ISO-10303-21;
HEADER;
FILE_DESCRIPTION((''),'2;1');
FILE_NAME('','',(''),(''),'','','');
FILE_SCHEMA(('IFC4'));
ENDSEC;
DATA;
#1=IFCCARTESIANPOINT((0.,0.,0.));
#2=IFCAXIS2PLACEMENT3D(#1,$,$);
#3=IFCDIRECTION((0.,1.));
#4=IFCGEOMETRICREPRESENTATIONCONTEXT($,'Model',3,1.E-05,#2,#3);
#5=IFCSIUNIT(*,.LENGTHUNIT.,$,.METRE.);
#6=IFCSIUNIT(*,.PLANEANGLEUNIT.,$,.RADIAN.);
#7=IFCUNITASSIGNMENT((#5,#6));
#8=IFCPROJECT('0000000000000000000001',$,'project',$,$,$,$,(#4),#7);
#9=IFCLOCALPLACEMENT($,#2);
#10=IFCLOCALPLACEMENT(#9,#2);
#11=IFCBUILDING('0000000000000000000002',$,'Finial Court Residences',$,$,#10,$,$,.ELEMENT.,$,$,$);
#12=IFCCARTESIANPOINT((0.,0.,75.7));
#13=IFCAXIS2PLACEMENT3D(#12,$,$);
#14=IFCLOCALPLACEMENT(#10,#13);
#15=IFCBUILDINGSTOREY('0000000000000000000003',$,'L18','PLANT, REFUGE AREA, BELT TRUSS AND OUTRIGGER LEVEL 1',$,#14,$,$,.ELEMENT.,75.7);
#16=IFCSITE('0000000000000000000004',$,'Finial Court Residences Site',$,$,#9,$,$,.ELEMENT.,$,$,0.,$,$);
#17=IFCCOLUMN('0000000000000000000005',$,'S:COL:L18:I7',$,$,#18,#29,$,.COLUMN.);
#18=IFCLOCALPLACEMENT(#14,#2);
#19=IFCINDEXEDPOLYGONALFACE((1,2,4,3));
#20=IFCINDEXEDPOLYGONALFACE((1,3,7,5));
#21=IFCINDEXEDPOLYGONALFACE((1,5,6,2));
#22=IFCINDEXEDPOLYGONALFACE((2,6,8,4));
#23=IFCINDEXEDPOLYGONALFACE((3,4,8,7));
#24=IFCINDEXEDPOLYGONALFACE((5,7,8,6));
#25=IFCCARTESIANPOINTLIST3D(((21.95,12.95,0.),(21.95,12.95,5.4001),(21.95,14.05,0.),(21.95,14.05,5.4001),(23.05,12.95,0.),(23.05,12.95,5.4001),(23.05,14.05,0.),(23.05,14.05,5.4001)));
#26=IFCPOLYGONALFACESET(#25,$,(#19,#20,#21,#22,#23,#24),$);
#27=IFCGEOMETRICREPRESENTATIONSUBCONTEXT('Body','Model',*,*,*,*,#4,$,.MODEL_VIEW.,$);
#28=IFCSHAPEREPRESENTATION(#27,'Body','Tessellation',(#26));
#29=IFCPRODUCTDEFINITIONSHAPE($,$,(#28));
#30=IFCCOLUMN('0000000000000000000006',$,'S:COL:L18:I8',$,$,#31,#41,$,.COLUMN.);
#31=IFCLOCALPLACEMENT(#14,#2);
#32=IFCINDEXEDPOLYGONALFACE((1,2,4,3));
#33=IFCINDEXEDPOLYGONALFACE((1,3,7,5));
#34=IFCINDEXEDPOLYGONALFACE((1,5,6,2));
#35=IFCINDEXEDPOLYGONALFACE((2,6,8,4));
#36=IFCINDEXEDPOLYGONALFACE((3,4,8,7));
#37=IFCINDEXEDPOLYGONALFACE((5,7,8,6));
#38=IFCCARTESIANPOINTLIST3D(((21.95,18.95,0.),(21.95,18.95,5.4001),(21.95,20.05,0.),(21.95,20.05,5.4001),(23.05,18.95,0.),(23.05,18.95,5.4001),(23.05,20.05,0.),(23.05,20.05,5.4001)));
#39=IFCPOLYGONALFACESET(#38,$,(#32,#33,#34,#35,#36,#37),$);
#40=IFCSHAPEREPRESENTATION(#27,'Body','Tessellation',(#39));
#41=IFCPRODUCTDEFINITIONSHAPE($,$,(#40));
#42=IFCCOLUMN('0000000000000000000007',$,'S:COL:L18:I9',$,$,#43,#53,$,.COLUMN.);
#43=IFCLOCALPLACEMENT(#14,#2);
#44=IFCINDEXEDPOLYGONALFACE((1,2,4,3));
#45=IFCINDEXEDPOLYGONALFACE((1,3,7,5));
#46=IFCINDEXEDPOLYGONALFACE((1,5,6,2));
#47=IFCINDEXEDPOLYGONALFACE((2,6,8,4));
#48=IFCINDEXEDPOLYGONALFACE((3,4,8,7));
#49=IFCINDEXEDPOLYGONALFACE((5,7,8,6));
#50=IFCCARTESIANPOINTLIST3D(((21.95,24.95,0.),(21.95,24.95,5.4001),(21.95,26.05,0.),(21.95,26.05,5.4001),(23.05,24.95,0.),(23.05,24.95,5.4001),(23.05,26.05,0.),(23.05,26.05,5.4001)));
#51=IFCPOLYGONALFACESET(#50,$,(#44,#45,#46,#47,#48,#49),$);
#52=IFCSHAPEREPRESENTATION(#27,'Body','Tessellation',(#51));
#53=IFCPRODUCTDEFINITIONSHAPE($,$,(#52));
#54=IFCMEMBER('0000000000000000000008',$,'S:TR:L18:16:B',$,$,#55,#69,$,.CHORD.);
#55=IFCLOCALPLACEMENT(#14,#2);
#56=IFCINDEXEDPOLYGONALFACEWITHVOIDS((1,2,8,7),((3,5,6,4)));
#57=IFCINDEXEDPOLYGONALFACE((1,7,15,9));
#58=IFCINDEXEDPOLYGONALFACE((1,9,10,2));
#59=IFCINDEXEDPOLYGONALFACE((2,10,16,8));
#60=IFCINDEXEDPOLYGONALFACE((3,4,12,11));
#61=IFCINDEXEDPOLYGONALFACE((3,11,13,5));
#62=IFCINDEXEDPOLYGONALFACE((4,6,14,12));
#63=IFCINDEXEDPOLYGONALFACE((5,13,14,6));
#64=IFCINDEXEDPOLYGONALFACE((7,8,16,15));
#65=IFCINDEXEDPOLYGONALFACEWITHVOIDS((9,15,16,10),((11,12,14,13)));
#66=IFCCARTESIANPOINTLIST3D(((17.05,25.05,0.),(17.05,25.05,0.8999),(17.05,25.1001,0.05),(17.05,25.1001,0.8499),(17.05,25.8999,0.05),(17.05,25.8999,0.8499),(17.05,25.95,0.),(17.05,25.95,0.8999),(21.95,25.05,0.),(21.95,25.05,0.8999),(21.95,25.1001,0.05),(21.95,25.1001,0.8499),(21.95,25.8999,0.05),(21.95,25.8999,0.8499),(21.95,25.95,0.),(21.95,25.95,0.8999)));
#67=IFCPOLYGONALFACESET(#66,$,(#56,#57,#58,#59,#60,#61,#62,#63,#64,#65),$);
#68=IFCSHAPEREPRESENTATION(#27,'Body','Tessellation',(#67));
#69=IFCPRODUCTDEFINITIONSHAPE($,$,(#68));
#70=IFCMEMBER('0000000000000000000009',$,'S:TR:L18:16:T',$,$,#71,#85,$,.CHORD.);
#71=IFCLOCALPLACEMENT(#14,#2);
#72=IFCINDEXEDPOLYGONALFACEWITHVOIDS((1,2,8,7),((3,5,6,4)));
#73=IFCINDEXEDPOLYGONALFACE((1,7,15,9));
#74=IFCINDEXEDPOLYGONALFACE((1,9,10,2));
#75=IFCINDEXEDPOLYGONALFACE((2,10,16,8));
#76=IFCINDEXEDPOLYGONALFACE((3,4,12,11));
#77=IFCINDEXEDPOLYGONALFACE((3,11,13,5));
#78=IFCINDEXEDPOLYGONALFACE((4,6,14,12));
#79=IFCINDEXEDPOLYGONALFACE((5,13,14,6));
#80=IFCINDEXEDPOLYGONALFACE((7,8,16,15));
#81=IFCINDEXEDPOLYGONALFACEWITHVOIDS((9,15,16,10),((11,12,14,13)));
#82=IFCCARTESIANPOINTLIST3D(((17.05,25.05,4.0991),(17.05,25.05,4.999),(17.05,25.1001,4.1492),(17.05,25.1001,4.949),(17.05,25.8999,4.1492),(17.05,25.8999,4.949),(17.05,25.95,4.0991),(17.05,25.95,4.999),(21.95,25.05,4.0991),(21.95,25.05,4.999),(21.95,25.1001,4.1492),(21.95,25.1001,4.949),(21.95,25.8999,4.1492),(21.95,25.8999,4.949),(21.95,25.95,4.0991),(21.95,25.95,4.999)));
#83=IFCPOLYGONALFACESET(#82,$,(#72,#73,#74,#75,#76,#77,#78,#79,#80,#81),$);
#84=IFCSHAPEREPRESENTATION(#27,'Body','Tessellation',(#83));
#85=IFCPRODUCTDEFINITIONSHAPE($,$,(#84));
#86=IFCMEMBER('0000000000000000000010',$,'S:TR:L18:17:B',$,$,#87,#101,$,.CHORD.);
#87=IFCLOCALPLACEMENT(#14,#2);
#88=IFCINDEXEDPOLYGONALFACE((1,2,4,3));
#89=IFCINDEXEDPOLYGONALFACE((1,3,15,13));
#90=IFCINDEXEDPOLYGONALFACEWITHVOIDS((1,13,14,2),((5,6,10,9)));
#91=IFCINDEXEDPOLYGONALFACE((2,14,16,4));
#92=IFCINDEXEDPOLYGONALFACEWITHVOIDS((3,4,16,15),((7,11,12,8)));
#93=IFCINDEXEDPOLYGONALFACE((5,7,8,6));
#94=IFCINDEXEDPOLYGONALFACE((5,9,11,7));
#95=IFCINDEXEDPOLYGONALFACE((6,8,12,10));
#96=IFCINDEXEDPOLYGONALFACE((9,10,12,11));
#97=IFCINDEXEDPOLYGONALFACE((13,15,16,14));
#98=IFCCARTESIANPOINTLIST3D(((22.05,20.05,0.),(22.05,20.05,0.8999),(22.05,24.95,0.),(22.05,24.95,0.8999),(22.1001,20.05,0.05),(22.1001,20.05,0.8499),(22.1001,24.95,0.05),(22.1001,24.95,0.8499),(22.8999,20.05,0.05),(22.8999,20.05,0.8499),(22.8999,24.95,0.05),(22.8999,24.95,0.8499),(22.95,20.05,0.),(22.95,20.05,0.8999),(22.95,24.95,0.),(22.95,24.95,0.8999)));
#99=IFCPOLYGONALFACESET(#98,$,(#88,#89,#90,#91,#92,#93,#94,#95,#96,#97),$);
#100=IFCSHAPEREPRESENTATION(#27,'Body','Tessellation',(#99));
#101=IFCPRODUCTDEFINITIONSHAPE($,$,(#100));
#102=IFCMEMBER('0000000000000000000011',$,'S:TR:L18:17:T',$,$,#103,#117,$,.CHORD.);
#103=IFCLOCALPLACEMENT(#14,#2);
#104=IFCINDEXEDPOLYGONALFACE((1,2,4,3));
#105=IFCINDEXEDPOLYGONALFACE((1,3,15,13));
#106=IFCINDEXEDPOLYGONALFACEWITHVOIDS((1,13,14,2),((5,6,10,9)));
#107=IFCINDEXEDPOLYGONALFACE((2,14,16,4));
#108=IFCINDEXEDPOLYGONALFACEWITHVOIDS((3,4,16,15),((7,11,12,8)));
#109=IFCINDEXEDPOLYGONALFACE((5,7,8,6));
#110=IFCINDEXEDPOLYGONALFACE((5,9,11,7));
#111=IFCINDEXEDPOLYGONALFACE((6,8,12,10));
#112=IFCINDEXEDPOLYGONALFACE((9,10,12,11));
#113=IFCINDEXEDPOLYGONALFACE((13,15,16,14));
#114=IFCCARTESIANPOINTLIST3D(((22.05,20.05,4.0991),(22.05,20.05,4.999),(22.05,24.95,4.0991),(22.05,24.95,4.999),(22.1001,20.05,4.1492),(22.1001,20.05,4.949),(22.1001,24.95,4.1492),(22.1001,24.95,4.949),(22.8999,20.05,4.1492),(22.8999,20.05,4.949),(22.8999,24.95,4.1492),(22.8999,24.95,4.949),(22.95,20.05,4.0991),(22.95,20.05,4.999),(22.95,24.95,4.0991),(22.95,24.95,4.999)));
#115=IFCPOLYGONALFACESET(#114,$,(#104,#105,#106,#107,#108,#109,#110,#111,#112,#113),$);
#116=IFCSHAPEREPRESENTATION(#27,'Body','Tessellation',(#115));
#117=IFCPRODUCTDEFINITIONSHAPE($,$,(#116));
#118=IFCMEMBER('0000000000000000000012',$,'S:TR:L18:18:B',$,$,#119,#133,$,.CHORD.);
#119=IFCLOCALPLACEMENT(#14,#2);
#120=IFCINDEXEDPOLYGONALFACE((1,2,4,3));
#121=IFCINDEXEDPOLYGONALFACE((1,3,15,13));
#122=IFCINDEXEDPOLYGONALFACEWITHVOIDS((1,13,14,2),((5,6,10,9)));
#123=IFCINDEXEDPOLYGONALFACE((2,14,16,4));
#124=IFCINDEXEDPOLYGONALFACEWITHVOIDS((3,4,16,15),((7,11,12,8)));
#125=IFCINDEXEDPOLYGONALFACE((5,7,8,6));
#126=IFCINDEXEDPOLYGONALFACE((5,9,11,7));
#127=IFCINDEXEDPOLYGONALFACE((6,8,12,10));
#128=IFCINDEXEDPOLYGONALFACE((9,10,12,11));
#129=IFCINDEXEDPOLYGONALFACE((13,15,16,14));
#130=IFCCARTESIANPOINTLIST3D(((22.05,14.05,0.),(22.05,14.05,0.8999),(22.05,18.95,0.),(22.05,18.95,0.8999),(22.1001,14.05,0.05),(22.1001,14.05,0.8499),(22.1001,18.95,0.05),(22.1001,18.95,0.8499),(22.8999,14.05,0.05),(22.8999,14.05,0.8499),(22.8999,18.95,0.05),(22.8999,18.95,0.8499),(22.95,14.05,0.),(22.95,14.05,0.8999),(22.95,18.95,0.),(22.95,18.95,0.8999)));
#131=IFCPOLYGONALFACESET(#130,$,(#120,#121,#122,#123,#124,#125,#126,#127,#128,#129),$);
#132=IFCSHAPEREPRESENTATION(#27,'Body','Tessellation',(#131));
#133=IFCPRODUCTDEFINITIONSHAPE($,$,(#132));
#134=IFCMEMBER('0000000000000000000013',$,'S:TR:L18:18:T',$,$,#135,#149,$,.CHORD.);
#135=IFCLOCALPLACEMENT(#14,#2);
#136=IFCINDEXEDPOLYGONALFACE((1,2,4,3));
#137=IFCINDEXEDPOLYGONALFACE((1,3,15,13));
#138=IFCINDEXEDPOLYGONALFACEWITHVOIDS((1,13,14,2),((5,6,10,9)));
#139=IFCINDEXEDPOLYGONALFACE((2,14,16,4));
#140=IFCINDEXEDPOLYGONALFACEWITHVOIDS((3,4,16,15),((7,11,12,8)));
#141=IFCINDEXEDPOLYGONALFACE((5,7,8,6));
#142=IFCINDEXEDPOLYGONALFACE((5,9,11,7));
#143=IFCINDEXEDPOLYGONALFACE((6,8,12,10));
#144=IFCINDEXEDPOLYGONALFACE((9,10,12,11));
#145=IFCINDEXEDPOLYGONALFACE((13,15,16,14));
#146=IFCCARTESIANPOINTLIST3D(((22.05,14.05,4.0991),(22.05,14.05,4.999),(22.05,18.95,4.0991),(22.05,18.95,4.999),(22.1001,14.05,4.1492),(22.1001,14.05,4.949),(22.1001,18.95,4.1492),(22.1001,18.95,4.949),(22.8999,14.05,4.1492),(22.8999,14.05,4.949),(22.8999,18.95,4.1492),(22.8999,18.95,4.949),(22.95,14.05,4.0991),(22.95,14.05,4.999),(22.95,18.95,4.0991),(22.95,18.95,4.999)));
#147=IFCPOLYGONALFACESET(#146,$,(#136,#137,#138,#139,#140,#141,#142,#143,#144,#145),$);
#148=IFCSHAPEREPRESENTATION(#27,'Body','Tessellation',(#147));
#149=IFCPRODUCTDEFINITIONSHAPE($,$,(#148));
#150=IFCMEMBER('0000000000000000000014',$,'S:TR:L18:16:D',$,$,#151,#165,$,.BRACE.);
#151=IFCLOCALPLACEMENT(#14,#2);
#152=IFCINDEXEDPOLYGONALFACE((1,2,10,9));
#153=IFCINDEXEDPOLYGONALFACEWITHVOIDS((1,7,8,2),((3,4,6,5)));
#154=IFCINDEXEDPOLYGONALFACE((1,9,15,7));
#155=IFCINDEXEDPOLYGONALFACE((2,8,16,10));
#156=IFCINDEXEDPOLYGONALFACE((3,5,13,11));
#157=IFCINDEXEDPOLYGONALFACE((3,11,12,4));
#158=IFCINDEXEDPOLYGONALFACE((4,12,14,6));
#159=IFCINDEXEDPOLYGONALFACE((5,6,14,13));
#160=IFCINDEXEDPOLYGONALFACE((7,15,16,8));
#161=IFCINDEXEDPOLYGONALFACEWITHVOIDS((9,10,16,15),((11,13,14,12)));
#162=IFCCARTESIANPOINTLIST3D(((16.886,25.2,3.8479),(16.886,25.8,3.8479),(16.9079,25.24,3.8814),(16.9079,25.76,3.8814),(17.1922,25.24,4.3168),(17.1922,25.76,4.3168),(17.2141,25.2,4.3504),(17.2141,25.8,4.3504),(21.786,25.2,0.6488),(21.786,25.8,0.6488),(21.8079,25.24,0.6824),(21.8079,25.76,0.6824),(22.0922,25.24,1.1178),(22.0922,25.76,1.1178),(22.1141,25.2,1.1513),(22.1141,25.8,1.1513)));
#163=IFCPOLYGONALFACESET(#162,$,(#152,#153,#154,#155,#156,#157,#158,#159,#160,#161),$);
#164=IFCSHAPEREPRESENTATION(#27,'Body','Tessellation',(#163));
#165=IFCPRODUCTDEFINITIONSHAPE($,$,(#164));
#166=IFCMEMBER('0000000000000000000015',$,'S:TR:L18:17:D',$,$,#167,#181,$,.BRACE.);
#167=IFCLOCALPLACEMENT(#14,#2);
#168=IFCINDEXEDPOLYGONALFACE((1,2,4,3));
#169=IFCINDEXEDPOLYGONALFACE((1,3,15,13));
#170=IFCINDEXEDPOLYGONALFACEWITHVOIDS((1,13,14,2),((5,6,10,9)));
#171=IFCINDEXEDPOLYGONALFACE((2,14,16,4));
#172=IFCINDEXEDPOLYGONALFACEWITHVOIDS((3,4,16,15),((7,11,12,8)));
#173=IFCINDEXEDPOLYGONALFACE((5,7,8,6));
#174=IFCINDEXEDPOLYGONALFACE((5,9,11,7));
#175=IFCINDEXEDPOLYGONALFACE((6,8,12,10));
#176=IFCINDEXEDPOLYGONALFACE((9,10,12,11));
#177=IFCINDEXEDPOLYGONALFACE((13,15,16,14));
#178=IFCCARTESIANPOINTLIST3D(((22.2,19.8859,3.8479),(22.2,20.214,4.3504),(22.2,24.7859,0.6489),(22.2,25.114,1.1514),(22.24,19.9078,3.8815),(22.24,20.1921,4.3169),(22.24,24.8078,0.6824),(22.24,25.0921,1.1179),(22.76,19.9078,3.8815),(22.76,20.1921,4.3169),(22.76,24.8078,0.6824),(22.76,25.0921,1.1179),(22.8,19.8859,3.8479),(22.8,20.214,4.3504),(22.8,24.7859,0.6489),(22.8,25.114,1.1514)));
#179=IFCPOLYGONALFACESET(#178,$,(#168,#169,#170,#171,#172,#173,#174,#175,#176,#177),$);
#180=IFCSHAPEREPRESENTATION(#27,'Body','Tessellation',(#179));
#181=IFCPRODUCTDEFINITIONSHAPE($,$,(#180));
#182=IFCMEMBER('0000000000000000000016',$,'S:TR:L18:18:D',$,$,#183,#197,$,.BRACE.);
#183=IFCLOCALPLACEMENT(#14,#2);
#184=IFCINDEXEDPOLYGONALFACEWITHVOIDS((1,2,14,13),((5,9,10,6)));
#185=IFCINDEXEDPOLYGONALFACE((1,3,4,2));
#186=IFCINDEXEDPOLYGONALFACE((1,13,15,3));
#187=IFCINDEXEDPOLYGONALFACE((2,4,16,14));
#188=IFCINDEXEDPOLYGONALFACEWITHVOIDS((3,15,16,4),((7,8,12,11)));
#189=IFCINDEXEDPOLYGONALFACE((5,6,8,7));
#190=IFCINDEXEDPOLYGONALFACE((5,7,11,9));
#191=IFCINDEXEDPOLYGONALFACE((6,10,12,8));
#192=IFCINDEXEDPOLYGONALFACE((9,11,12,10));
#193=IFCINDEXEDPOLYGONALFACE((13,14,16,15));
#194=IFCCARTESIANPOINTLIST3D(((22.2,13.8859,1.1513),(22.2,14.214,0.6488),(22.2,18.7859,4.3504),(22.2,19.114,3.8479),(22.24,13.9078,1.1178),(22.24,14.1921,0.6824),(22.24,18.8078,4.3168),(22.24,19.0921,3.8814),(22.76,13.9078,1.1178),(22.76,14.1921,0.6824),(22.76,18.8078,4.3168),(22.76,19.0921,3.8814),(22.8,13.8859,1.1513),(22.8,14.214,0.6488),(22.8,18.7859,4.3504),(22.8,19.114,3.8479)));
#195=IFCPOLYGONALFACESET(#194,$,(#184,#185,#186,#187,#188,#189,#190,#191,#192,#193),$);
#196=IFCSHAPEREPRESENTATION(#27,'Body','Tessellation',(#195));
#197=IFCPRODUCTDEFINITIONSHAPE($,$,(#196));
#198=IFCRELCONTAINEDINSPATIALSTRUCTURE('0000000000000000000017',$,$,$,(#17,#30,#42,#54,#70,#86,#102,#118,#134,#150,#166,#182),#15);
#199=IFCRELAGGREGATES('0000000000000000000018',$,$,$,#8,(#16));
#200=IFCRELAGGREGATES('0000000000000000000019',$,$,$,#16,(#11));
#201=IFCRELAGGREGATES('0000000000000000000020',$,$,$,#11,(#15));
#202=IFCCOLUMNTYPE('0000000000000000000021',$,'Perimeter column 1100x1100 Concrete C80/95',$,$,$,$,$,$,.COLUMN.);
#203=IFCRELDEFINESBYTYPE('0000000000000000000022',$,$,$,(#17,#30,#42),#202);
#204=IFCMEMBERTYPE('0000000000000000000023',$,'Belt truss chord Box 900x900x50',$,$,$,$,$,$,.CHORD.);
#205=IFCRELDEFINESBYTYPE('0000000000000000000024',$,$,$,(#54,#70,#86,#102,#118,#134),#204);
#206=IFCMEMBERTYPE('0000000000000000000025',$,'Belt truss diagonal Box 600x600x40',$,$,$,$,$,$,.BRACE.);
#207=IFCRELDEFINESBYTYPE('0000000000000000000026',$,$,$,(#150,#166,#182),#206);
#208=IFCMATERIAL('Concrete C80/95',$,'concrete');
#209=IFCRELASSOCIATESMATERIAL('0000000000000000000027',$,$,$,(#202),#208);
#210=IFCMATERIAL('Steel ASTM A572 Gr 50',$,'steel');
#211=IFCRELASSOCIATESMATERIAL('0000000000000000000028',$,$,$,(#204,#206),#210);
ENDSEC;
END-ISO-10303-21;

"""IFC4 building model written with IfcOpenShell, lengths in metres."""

from ifc_helpers import new_model, si_unit, direction, frame, origin, origin_2d, place, context, subcontext, project, spatial, rectangle, hollow_rectangle, extrude, material, material_profile, profile_set, type_object, element, save


model = new_model("IFC4")

# Units and contexts
model_context = context("Model", 3, precision=1e-05, world=origin(), true_north=direction((0.0, 1.0)))
body_context = subcontext(model_context, "Body", "Model", "MODEL_VIEW")
ifc_project = project(units=[si_unit("LENGTHUNIT", "METRE"), si_unit("PLANEANGLEUNIT", "RADIAN")], contexts=[model_context])

# Site, building, storey
site_placement = place(None, origin())
site = spatial("IfcSite", under=ifc_project, at=site_placement, Name="Finial Court Residences Site", CompositionType="ELEMENT", RefElevation=0.0)
building_placement = place(site_placement, origin())
building = spatial("IfcBuilding", under=site, at=building_placement, Name="Finial Court Residences", CompositionType="ELEMENT")
storey_placement = place(building_placement, frame((0.0, 0.0, 75.7)))
storey = spatial("IfcBuildingStorey", under=building, at=storey_placement, Name="L18", Description="PLANT, REFUGE AREA, BELT TRUSS AND OUTRIGGER LEVEL 1", CompositionType="ELEMENT", Elevation=75.7)

# Columns
ifc_material_1 = material(Name="Concrete C80/95", Category="concrete")
ifc_material_profile_1 = material_profile(ifc_material_1, rectangle(XDim=1.1001, YDim=1.1001, at=origin_2d()), Name="1100x1100")
ifc_profile_set_1 = profile_set([ifc_material_profile_1], Name="Concrete C80/95")
column_type = type_object("IfcColumnType", Name="Perimeter column 1100x1100 Concrete C80/95", PredefinedType="COLUMN", material=ifc_profile_set_1)
for number, where, z_axis, x_axis, name in (
    (1, (22.5, 13.5, 0.0), (0.0, 0.0, 1.0), (1.0, 0.0, 0.0), "S:COL:L18:I7"),
    (2, (22.5, 19.5, 0.0), (0.0, 0.0, 1.0), (1.0, 0.0, 0.0), "S:COL:L18:I8"),
    (3, (22.5, 25.5, 0.0), (0.0, 0.0, 1.0), (1.0, 0.0, 0.0), "S:COL:L18:I9"),
):
    element("IfcColumn", number, at=place(storey_placement, frame(where, z_axis=z_axis, x_axis=x_axis)), inside=storey, type_object=column_type, Name=name, PredefinedType="COLUMN", context=body_context, shape_type="SweptSolid", body=[
        extrude(rectangle(XDim=1.1001, YDim=1.1001, at=origin_2d()), origin(), (0.0, 0.0, 1.0), 5.4001),
    ])

# Members
ifc_material_2 = material(Name="Steel ASTM A572 Gr 50", Category="steel")
ifc_material_profile_2 = material_profile(ifc_material_2, hollow_rectangle(XDim=0.8999, YDim=0.8999, WallThickness=0.05, at=origin_2d()), Name="Box 900x900x50")
ifc_profile_set_2 = profile_set([ifc_material_profile_2], Name="Steel ASTM A572 Gr 50")
member_type_1 = type_object("IfcMemberType", Name="Belt truss chord Box 900x900x50", PredefinedType="CHORD", material=ifc_profile_set_2)
for number, where, z_axis, x_axis, name in (
    (4, (17.05, 25.5, 0.45), (1.0, 0.0, 0.0), (0.0, 1.0, 0.0), "S:TR:L18:16:B"),
    (5, (17.05, 25.5, 4.5491), (1.0, 0.0, 0.0), (0.0, 1.0, 0.0), "S:TR:L18:16:T"),
    (6, (22.5, 24.95, 0.45), (0.0, -1.0, 0.0), (1.0, 0.0, 0.0), "S:TR:L18:17:B"),
    (7, (22.5, 24.95, 4.5491), (0.0, -1.0, 0.0), (1.0, 0.0, 0.0), "S:TR:L18:17:T"),
    (8, (22.5, 18.95, 0.45), (0.0, -1.0, 0.0), (1.0, 0.0, 0.0), "S:TR:L18:18:B"),
    (9, (22.5, 18.95, 4.5491), (0.0, -1.0, 0.0), (1.0, 0.0, 0.0), "S:TR:L18:18:T"),
):
    element("IfcMember", number, at=place(storey_placement, frame(where, z_axis=z_axis, x_axis=x_axis)), inside=storey, type_object=member_type_1, Name=name, PredefinedType="CHORD", context=body_context, shape_type="SweptSolid", body=[
        extrude(hollow_rectangle(XDim=0.8999, YDim=0.8999, WallThickness=0.05, at=origin_2d()), origin(), (0.0, 0.0, 1.0), 4.8999),
    ])
ifc_material_profile_3 = material_profile(ifc_material_2, hollow_rectangle(XDim=0.6001, YDim=0.6001, WallThickness=0.04, at=origin_2d()), Name="Box 600x600x40")
ifc_profile_set_3 = profile_set([ifc_material_profile_3], Name="Steel ASTM A572 Gr 50")
member_type_2 = type_object("IfcMemberType", Name="Belt truss diagonal Box 600x600x40", PredefinedType="BRACE", material=ifc_profile_set_3)
for number, where, z_axis, x_axis, name in (
    (10, (17.05, 25.5, 4.0991), (0.837346, 0.0, -0.546674), (0.0, 1.0, 0.0), "S:TR:L18:16:D"),
    (11, (22.5, 24.95, 0.9001), (0.0, -0.837346, 0.546674), (1.0, 0.0, 0.0), "S:TR:L18:17:D"),
    (12, (22.5, 18.95, 4.0991), (0.0, -0.837346, -0.546674), (1.0, 0.0, 0.0), "S:TR:L18:18:D"),
):
    element("IfcMember", number, at=place(storey_placement, frame(where, z_axis=z_axis, x_axis=x_axis)), inside=storey, type_object=member_type_2, Name=name, PredefinedType="BRACE", context=body_context, shape_type="SweptSolid", body=[
        extrude(hollow_rectangle(XDim=0.6001, YDim=0.6001, WallThickness=0.04, at=origin_2d()), origin(), (0.0, 0.0, 1.0), 5.8518),
    ])

save(model, "model.ifc")
